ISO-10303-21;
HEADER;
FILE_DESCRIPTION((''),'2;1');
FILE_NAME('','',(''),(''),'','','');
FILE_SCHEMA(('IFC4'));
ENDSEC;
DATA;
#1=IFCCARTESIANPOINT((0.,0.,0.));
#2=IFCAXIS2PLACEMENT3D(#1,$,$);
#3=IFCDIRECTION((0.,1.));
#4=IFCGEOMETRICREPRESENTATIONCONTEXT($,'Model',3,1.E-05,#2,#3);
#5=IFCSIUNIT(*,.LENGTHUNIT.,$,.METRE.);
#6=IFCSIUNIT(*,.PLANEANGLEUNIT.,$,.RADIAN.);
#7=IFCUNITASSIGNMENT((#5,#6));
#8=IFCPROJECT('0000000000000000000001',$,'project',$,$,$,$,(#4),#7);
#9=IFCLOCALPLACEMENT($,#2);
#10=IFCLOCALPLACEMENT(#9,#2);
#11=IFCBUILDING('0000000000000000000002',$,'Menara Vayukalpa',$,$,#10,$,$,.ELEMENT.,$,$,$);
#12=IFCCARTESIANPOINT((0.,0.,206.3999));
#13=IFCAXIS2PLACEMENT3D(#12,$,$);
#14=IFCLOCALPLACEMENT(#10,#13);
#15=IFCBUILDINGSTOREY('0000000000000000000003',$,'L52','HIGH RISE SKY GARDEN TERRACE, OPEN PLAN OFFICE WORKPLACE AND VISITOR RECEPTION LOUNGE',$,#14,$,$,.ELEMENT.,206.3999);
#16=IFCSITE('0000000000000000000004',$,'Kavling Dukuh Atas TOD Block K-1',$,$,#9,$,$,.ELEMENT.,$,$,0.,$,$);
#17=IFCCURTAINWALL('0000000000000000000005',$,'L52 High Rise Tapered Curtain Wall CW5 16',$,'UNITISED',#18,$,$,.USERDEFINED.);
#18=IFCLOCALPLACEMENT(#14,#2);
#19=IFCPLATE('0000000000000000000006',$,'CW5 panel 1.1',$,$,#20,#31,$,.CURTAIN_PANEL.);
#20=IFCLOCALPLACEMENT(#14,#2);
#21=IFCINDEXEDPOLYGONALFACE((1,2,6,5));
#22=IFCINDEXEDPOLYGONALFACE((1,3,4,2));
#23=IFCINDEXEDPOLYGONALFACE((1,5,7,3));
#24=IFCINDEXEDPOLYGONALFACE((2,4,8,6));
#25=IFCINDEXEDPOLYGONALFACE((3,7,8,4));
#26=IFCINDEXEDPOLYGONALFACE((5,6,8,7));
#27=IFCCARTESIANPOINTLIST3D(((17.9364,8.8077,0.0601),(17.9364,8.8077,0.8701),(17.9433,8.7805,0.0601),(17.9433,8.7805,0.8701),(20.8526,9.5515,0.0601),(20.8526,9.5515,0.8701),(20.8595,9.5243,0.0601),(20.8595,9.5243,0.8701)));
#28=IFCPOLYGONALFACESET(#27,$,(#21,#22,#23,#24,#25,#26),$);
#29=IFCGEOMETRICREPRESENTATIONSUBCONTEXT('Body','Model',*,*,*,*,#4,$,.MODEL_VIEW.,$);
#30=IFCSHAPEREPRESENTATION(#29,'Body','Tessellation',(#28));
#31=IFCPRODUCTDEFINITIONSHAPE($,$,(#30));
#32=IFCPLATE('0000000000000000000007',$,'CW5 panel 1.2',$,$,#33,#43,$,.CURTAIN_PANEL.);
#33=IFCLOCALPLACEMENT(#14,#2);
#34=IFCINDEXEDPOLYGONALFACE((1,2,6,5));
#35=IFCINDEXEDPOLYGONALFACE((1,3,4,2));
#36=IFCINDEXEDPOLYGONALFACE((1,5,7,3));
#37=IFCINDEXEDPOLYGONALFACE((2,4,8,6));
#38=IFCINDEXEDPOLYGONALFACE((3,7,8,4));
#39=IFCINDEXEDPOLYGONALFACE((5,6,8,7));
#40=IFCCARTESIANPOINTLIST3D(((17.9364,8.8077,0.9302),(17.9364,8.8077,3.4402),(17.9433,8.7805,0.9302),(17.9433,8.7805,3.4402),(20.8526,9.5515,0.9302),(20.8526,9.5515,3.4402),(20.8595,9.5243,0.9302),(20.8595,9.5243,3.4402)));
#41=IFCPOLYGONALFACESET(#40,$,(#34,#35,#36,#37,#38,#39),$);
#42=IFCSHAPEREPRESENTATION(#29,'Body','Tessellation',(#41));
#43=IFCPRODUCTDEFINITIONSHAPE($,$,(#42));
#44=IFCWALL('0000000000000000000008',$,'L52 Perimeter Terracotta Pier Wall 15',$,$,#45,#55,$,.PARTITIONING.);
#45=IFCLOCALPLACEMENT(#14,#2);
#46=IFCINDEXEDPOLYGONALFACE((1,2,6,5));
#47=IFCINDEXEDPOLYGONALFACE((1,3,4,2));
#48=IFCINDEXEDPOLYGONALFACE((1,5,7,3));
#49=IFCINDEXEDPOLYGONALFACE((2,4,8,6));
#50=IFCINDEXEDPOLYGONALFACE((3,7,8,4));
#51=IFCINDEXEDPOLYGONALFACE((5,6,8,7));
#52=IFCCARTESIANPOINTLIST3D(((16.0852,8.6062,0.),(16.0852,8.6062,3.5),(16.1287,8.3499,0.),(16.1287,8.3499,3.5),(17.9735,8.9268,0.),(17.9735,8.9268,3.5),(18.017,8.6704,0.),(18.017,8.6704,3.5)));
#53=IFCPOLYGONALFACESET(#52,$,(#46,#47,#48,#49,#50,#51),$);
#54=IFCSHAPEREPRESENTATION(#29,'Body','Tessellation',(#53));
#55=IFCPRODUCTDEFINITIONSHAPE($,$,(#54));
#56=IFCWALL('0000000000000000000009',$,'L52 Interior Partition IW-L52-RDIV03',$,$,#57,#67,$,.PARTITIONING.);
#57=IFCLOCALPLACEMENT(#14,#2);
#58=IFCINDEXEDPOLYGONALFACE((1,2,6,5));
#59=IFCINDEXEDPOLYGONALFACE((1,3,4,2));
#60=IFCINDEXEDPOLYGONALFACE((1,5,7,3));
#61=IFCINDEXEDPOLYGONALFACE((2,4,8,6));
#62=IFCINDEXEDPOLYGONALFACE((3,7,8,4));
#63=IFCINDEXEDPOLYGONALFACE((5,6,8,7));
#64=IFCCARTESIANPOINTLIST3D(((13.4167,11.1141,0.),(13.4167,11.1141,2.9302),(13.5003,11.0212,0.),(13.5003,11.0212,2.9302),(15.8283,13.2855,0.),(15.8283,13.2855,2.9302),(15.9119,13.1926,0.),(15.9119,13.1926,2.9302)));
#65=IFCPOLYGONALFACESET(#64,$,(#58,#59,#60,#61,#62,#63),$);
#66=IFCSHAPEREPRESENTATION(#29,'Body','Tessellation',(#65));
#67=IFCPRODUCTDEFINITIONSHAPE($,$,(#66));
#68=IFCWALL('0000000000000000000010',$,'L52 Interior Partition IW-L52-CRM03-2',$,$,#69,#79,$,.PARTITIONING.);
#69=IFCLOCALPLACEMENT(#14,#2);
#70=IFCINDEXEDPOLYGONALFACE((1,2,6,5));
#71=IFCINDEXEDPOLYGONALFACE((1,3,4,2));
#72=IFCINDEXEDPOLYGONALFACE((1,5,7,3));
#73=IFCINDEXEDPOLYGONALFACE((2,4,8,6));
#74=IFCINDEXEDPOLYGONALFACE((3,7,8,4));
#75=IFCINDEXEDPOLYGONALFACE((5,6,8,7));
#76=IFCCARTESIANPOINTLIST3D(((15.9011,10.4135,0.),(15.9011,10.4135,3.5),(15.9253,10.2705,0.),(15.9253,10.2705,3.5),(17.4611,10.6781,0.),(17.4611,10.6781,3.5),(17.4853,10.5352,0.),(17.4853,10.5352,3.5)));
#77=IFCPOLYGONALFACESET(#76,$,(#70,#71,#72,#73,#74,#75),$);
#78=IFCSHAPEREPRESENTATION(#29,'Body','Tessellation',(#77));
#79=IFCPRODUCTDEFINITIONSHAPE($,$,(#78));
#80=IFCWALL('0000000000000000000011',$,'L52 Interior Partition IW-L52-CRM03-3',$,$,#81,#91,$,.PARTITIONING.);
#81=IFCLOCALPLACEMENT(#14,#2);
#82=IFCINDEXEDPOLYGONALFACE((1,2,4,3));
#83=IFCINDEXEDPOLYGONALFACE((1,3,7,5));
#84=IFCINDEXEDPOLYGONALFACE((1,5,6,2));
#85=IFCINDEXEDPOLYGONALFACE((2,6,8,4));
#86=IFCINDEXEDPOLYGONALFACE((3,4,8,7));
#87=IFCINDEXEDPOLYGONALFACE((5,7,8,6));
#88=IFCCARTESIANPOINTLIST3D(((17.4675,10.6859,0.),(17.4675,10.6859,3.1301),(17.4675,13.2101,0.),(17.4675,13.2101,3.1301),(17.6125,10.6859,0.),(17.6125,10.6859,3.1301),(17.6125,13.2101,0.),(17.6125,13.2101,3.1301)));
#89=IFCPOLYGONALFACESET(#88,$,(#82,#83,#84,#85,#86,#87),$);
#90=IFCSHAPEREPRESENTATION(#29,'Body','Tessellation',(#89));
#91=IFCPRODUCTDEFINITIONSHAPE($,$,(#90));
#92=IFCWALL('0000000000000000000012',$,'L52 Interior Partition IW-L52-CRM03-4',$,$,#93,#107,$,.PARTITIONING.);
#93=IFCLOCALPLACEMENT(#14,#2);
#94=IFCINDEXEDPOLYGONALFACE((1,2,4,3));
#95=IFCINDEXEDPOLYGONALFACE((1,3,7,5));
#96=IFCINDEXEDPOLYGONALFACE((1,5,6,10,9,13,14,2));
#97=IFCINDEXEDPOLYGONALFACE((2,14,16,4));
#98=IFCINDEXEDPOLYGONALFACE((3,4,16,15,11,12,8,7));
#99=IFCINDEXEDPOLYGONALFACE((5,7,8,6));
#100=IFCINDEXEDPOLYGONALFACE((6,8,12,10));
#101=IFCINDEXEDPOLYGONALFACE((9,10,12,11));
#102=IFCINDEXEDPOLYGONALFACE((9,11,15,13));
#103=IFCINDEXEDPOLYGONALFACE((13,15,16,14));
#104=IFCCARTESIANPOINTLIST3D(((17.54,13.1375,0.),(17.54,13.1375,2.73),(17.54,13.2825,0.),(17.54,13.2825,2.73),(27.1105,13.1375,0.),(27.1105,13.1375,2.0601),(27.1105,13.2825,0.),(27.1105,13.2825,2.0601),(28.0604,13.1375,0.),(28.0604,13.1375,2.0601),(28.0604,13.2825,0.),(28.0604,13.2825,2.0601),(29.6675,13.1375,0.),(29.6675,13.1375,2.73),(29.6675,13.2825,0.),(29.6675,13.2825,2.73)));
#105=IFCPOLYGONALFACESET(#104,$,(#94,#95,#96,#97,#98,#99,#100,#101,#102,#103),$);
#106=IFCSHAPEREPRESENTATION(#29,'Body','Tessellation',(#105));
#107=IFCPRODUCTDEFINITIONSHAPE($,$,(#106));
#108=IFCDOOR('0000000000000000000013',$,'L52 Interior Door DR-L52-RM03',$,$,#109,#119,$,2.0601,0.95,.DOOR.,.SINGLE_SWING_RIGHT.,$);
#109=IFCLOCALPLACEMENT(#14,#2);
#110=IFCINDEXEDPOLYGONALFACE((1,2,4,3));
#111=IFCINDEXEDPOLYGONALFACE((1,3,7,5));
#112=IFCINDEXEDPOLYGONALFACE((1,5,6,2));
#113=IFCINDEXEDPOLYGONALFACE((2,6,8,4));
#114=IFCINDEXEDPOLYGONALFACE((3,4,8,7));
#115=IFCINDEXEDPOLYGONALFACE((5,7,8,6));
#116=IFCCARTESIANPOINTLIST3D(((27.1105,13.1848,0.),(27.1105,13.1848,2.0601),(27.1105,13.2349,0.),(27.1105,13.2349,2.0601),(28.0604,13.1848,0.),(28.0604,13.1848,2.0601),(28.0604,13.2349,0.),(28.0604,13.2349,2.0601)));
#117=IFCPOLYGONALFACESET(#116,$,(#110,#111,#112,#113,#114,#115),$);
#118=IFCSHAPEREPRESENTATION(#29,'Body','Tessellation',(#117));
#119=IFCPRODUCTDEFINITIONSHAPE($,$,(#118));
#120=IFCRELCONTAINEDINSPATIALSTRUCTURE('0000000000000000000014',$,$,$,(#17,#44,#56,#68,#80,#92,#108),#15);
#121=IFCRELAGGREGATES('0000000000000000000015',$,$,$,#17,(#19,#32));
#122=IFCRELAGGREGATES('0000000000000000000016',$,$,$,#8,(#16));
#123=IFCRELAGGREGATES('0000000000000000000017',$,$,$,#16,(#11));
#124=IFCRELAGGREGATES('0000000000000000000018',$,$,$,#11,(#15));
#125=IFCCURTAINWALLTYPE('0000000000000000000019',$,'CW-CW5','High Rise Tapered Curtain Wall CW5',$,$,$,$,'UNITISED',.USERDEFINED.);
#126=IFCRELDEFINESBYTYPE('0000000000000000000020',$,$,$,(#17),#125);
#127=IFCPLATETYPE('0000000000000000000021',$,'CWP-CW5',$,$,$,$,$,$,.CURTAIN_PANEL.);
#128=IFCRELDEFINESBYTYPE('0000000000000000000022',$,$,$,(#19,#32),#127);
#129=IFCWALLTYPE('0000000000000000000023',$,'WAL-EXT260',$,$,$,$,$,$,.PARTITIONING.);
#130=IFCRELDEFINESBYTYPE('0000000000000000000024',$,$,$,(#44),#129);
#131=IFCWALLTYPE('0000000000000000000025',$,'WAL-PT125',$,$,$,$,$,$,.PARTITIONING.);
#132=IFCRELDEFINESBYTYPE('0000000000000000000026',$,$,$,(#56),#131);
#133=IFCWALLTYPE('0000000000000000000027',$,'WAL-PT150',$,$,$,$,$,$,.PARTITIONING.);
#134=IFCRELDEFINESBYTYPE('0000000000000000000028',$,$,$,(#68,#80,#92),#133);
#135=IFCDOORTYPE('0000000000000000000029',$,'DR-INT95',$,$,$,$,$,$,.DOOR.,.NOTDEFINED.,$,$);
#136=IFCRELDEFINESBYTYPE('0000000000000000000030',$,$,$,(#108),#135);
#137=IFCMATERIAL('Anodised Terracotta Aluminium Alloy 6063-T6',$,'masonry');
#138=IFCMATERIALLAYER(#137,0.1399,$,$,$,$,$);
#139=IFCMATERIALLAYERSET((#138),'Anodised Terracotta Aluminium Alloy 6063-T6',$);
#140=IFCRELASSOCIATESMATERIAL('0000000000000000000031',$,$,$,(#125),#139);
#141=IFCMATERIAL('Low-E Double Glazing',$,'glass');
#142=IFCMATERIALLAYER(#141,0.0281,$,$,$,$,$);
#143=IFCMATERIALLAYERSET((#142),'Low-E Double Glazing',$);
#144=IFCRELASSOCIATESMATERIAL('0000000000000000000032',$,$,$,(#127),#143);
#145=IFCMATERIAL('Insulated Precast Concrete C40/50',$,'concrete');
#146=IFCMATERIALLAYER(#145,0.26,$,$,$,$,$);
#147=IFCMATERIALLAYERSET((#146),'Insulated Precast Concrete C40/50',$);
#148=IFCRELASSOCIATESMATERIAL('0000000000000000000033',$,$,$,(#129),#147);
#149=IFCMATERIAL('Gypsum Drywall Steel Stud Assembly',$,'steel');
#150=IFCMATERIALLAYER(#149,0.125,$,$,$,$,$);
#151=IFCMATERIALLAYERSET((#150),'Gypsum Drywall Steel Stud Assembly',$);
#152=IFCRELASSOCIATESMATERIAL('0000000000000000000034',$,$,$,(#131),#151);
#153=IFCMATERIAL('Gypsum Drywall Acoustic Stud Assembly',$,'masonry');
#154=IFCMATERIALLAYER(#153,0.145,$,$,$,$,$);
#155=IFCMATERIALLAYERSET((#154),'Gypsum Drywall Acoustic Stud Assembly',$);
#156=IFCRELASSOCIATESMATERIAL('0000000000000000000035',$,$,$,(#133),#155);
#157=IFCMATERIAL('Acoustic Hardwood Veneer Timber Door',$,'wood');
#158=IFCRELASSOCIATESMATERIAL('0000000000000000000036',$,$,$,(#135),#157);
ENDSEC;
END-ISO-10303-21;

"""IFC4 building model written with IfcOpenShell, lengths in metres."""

from ifc_helpers import new_model, si_unit, direction, frame, frame_2d, origin, origin_2d, place, context, subcontext, project, spatial, rectangle, extrude, material, layer, layer_set, type_object, element, fill, aggregate, save


model = new_model("IFC4")

# Units and contexts
model_context = context("Model", 3, precision=1e-05, world=origin(), true_north=direction((0.0, 1.0)))
body_context = subcontext(model_context, "Body", "Model", "MODEL_VIEW")
ifc_project = project(units=[si_unit("LENGTHUNIT", "METRE"), si_unit("PLANEANGLEUNIT", "RADIAN")], contexts=[model_context])

# Site, building, storey
site_placement = place(None, origin())
site = spatial("IfcSite", under=ifc_project, at=site_placement, Name="Kavling Dukuh Atas TOD Block K-1", CompositionType="ELEMENT", RefElevation=0.0)
building_placement = place(site_placement, origin())
building = spatial("IfcBuilding", under=site, at=building_placement, Name="Menara Vayukalpa", CompositionType="ELEMENT")
storey_placement = place(building_placement, frame((0.0, 0.0, 206.3999)))
storey = spatial("IfcBuildingStorey", under=building, at=storey_placement, Name="L52", Description="HIGH RISE SKY GARDEN TERRACE, OPEN PLAN OFFICE WORKPLACE AND VISITOR RECEPTION LOUNGE", CompositionType="ELEMENT", Elevation=206.3999)

# Curtain wall, plates
ifc_material_1 = material(Name="Anodised Terracotta Aluminium Alloy 6063-T6", Category="masonry")
ifc_layer_1 = layer(ifc_material_1, 0.1399)
ifc_layer_set_1 = layer_set([ifc_layer_1], Name="Anodised Terracotta Aluminium Alloy 6063-T6")
curtain_wall_type = type_object("IfcCurtainWallType", Name="CW-CW5", Description="High Rise Tapered Curtain Wall CW5", ElementType="UNITISED", PredefinedType="USERDEFINED", material=ifc_layer_set_1)
curtain_wall_placement = place(storey_placement, origin())
curtain_wall = element("IfcCurtainWall", 1, at=curtain_wall_placement, inside=storey, type_object=curtain_wall_type, Name="L52 High Rise Tapered Curtain Wall CW5 16", ObjectType="UNITISED", PredefinedType="USERDEFINED")
ifc_material_2 = material(Name="Low-E Double Glazing", Category="glass")
ifc_layer_2 = layer(ifc_material_2, 0.0281)
ifc_layer_set_2 = layer_set([ifc_layer_2], Name="Low-E Double Glazing")
plate_type = type_object("IfcPlateType", Name="CWP-CW5", PredefinedType="CURTAIN_PANEL", material=ifc_layer_set_2)
plate_1_placement = place(storey_placement, frame((19.3979, 9.166, 0.0601), z_axis=(0.0, 0.0, 1.0), x_axis=(0.968983, 0.247129, 0.0)))
plate_1 = element("IfcPlate", 2, at=plate_1_placement, type_object=plate_type, Name="CW5 panel 1.1", PredefinedType="CURTAIN_PANEL", context=body_context, shape_type="SweptSolid", body=[
    extrude(rectangle(XDim=3.0095, YDim=0.0281, at=origin_2d()), origin(), (0.0, 0.0, 1.0), 0.8101),
])
plate_2_placement = place(storey_placement, frame((19.3979, 9.166, 0.9302), z_axis=(0.0, 0.0, 1.0), x_axis=(0.968983, 0.247129, 0.0)))
plate_2 = element("IfcPlate", 3, at=plate_2_placement, type_object=plate_type, Name="CW5 panel 1.2", PredefinedType="CURTAIN_PANEL", context=body_context, shape_type="SweptSolid", body=[
    extrude(rectangle(XDim=3.0095, YDim=0.0281, at=origin_2d()), origin(), (0.0, 0.0, 1.0), 2.51),
])
aggregate(curtain_wall, [plate_1, plate_2])

# Walls
ifc_material_3 = material(Name="Insulated Precast Concrete C40/50", Category="concrete")
ifc_layer_3 = layer(ifc_material_3, 0.26)
ifc_layer_set_3 = layer_set([ifc_layer_3], Name="Insulated Precast Concrete C40/50")
wall_type_1 = type_object("IfcWallType", Name="WAL-EXT260", PredefinedType="PARTITIONING", material=ifc_layer_set_3)
wall_1_placement = place(storey_placement, frame((17.9951, 8.7986, 0.0), z_axis=(0.0, 0.0, 1.0), x_axis=(-0.985893, -0.167375, 0.0)))
element("IfcWall", 4, at=wall_1_placement, inside=storey, type_object=wall_type_1, Name="L52 Perimeter Terracotta Pier Wall 15", PredefinedType="PARTITIONING", context=body_context, shape_type="SweptSolid", body=[
    extrude(rectangle(XDim=1.9153, YDim=0.26, at=frame_2d((0.9575, 0.0))), origin(), (0.0, 0.0, 1.0), 3.5),
])
ifc_material_4 = material(Name="Gypsum Drywall Steel Stud Assembly", Category="steel")
ifc_layer_4 = layer(ifc_material_4, 0.125)
ifc_layer_set_4 = layer_set([ifc_layer_4], Name="Gypsum Drywall Steel Stud Assembly")
wall_type_2 = type_object("IfcWallType", Name="WAL-PT125", PredefinedType="PARTITIONING", material=ifc_layer_set_4)
wall_2_placement = place(storey_placement, frame((15.8701, 13.239, 0.0), z_axis=(0.0, 0.0, 1.0), x_axis=(-0.743152, -0.669123, 0.0)))
element("IfcWall", 5, at=wall_2_placement, inside=storey, type_object=wall_type_2, Name="L52 Interior Partition IW-L52-RDIV03", PredefinedType="PARTITIONING", context=body_context, shape_type="SweptSolid", body=[
    extrude(rectangle(XDim=3.2451, YDim=0.125, at=frame_2d((1.6226, 0.0))), origin(), (0.0, 0.0, 1.0), 2.9302),
])
ifc_material_5 = material(Name="Gypsum Drywall Acoustic Stud Assembly", Category="masonry")
ifc_layer_5 = layer(ifc_material_5, 0.145)
ifc_layer_set_5 = layer_set([ifc_layer_5], Name="Gypsum Drywall Acoustic Stud Assembly")
wall_type_3 = type_object("IfcWallType", Name="WAL-PT150", PredefinedType="PARTITIONING", material=ifc_layer_set_5)
wall_3_placement = place(storey_placement, frame((15.9133, 10.342, 0.0), z_axis=(0.0, 0.0, 1.0), x_axis=(0.985914, 0.167251, 0.0)))
element("IfcWall", 6, at=wall_3_placement, inside=storey, type_object=wall_type_3, Name="L52 Interior Partition IW-L52-CRM03-2", PredefinedType="PARTITIONING", context=body_context, shape_type="SweptSolid", body=[
    extrude(rectangle(XDim=1.5823, YDim=0.145, at=frame_2d((0.791, 0.0))), origin(), (0.0, 0.0, 1.0), 3.5),
])
wall_4_placement = place(storey_placement, frame((17.54, 10.6858, 0.0), z_axis=(0.0, 0.0, 1.0), x_axis=(0.0, 1.0, 0.0)))
element("IfcWall", 7, at=wall_4_placement, inside=storey, type_object=wall_type_3, Name="L52 Interior Partition IW-L52-CRM03-3", PredefinedType="PARTITIONING", context=body_context, shape_type="SweptSolid", body=[
    extrude(rectangle(XDim=2.5242, YDim=0.145, at=frame_2d((1.2622, 0.0))), origin(), (0.0, 0.0, 1.0), 3.1301),
])

# Wall, opening, door
wall_5_placement = place(storey_placement, frame((17.54, 13.21, 0.0), z_axis=(0.0, 0.0, 1.0), x_axis=(1.0, 0.0, 0.0)))
wall_5 = element("IfcWall", 8, at=wall_5_placement, inside=storey, type_object=wall_type_3, Name="L52 Interior Partition IW-L52-CRM03-4", PredefinedType="PARTITIONING", context=body_context, shape_type="SweptSolid", body=[
    extrude(rectangle(XDim=12.1274, YDim=0.145, at=frame_2d((6.0637, 0.0))), origin(), (0.0, 0.0, 1.0), 2.73),
])
opening_placement = place(wall_5_placement, frame((9.5703, 0.0, 0.0)))
opening = element("IfcOpeningElement", 9, at=opening_placement, cuts=wall_5, PredefinedType="OPENING", context=body_context, shape_type="SweptSolid", body=[
    extrude(rectangle(XDim=0.95, YDim=2.0601, at=frame_2d((0.4751, 1.03))), frame((0.0, 0.0825, 0.0), z_axis=(0.0, -1.0, 0.0), x_axis=(1.0, 0.0, 0.0)), (0.0, 0.0, 1.0), 0.165),
])
ifc_material_6 = material(Name="Acoustic Hardwood Veneer Timber Door", Category="wood")
door_type = type_object("IfcDoorType", Name="DR-INT95", OperationType="NOTDEFINED", PredefinedType="DOOR", material=ifc_material_6)
door_placement = place(opening_placement, origin())
door = element("IfcDoor", 10, at=door_placement, inside=storey, type_object=door_type, Name="L52 Interior Door DR-L52-RM03", OperationType="SINGLE_SWING_RIGHT", OverallHeight=2.0601, OverallWidth=0.95, PredefinedType="DOOR", context=body_context, shape_type="SweptSolid", body=[
    extrude(rectangle(XDim=0.95, YDim=2.0601, at=frame_2d((0.4751, 1.03))), frame((0.0, 0.0249, 0.0), z_axis=(0.0, -1.0, 0.0), x_axis=(1.0, 0.0, 0.0)), (0.0, 0.0, 1.0), 0.05),
])
fill(opening, door)

save(model, "model.ifc")
